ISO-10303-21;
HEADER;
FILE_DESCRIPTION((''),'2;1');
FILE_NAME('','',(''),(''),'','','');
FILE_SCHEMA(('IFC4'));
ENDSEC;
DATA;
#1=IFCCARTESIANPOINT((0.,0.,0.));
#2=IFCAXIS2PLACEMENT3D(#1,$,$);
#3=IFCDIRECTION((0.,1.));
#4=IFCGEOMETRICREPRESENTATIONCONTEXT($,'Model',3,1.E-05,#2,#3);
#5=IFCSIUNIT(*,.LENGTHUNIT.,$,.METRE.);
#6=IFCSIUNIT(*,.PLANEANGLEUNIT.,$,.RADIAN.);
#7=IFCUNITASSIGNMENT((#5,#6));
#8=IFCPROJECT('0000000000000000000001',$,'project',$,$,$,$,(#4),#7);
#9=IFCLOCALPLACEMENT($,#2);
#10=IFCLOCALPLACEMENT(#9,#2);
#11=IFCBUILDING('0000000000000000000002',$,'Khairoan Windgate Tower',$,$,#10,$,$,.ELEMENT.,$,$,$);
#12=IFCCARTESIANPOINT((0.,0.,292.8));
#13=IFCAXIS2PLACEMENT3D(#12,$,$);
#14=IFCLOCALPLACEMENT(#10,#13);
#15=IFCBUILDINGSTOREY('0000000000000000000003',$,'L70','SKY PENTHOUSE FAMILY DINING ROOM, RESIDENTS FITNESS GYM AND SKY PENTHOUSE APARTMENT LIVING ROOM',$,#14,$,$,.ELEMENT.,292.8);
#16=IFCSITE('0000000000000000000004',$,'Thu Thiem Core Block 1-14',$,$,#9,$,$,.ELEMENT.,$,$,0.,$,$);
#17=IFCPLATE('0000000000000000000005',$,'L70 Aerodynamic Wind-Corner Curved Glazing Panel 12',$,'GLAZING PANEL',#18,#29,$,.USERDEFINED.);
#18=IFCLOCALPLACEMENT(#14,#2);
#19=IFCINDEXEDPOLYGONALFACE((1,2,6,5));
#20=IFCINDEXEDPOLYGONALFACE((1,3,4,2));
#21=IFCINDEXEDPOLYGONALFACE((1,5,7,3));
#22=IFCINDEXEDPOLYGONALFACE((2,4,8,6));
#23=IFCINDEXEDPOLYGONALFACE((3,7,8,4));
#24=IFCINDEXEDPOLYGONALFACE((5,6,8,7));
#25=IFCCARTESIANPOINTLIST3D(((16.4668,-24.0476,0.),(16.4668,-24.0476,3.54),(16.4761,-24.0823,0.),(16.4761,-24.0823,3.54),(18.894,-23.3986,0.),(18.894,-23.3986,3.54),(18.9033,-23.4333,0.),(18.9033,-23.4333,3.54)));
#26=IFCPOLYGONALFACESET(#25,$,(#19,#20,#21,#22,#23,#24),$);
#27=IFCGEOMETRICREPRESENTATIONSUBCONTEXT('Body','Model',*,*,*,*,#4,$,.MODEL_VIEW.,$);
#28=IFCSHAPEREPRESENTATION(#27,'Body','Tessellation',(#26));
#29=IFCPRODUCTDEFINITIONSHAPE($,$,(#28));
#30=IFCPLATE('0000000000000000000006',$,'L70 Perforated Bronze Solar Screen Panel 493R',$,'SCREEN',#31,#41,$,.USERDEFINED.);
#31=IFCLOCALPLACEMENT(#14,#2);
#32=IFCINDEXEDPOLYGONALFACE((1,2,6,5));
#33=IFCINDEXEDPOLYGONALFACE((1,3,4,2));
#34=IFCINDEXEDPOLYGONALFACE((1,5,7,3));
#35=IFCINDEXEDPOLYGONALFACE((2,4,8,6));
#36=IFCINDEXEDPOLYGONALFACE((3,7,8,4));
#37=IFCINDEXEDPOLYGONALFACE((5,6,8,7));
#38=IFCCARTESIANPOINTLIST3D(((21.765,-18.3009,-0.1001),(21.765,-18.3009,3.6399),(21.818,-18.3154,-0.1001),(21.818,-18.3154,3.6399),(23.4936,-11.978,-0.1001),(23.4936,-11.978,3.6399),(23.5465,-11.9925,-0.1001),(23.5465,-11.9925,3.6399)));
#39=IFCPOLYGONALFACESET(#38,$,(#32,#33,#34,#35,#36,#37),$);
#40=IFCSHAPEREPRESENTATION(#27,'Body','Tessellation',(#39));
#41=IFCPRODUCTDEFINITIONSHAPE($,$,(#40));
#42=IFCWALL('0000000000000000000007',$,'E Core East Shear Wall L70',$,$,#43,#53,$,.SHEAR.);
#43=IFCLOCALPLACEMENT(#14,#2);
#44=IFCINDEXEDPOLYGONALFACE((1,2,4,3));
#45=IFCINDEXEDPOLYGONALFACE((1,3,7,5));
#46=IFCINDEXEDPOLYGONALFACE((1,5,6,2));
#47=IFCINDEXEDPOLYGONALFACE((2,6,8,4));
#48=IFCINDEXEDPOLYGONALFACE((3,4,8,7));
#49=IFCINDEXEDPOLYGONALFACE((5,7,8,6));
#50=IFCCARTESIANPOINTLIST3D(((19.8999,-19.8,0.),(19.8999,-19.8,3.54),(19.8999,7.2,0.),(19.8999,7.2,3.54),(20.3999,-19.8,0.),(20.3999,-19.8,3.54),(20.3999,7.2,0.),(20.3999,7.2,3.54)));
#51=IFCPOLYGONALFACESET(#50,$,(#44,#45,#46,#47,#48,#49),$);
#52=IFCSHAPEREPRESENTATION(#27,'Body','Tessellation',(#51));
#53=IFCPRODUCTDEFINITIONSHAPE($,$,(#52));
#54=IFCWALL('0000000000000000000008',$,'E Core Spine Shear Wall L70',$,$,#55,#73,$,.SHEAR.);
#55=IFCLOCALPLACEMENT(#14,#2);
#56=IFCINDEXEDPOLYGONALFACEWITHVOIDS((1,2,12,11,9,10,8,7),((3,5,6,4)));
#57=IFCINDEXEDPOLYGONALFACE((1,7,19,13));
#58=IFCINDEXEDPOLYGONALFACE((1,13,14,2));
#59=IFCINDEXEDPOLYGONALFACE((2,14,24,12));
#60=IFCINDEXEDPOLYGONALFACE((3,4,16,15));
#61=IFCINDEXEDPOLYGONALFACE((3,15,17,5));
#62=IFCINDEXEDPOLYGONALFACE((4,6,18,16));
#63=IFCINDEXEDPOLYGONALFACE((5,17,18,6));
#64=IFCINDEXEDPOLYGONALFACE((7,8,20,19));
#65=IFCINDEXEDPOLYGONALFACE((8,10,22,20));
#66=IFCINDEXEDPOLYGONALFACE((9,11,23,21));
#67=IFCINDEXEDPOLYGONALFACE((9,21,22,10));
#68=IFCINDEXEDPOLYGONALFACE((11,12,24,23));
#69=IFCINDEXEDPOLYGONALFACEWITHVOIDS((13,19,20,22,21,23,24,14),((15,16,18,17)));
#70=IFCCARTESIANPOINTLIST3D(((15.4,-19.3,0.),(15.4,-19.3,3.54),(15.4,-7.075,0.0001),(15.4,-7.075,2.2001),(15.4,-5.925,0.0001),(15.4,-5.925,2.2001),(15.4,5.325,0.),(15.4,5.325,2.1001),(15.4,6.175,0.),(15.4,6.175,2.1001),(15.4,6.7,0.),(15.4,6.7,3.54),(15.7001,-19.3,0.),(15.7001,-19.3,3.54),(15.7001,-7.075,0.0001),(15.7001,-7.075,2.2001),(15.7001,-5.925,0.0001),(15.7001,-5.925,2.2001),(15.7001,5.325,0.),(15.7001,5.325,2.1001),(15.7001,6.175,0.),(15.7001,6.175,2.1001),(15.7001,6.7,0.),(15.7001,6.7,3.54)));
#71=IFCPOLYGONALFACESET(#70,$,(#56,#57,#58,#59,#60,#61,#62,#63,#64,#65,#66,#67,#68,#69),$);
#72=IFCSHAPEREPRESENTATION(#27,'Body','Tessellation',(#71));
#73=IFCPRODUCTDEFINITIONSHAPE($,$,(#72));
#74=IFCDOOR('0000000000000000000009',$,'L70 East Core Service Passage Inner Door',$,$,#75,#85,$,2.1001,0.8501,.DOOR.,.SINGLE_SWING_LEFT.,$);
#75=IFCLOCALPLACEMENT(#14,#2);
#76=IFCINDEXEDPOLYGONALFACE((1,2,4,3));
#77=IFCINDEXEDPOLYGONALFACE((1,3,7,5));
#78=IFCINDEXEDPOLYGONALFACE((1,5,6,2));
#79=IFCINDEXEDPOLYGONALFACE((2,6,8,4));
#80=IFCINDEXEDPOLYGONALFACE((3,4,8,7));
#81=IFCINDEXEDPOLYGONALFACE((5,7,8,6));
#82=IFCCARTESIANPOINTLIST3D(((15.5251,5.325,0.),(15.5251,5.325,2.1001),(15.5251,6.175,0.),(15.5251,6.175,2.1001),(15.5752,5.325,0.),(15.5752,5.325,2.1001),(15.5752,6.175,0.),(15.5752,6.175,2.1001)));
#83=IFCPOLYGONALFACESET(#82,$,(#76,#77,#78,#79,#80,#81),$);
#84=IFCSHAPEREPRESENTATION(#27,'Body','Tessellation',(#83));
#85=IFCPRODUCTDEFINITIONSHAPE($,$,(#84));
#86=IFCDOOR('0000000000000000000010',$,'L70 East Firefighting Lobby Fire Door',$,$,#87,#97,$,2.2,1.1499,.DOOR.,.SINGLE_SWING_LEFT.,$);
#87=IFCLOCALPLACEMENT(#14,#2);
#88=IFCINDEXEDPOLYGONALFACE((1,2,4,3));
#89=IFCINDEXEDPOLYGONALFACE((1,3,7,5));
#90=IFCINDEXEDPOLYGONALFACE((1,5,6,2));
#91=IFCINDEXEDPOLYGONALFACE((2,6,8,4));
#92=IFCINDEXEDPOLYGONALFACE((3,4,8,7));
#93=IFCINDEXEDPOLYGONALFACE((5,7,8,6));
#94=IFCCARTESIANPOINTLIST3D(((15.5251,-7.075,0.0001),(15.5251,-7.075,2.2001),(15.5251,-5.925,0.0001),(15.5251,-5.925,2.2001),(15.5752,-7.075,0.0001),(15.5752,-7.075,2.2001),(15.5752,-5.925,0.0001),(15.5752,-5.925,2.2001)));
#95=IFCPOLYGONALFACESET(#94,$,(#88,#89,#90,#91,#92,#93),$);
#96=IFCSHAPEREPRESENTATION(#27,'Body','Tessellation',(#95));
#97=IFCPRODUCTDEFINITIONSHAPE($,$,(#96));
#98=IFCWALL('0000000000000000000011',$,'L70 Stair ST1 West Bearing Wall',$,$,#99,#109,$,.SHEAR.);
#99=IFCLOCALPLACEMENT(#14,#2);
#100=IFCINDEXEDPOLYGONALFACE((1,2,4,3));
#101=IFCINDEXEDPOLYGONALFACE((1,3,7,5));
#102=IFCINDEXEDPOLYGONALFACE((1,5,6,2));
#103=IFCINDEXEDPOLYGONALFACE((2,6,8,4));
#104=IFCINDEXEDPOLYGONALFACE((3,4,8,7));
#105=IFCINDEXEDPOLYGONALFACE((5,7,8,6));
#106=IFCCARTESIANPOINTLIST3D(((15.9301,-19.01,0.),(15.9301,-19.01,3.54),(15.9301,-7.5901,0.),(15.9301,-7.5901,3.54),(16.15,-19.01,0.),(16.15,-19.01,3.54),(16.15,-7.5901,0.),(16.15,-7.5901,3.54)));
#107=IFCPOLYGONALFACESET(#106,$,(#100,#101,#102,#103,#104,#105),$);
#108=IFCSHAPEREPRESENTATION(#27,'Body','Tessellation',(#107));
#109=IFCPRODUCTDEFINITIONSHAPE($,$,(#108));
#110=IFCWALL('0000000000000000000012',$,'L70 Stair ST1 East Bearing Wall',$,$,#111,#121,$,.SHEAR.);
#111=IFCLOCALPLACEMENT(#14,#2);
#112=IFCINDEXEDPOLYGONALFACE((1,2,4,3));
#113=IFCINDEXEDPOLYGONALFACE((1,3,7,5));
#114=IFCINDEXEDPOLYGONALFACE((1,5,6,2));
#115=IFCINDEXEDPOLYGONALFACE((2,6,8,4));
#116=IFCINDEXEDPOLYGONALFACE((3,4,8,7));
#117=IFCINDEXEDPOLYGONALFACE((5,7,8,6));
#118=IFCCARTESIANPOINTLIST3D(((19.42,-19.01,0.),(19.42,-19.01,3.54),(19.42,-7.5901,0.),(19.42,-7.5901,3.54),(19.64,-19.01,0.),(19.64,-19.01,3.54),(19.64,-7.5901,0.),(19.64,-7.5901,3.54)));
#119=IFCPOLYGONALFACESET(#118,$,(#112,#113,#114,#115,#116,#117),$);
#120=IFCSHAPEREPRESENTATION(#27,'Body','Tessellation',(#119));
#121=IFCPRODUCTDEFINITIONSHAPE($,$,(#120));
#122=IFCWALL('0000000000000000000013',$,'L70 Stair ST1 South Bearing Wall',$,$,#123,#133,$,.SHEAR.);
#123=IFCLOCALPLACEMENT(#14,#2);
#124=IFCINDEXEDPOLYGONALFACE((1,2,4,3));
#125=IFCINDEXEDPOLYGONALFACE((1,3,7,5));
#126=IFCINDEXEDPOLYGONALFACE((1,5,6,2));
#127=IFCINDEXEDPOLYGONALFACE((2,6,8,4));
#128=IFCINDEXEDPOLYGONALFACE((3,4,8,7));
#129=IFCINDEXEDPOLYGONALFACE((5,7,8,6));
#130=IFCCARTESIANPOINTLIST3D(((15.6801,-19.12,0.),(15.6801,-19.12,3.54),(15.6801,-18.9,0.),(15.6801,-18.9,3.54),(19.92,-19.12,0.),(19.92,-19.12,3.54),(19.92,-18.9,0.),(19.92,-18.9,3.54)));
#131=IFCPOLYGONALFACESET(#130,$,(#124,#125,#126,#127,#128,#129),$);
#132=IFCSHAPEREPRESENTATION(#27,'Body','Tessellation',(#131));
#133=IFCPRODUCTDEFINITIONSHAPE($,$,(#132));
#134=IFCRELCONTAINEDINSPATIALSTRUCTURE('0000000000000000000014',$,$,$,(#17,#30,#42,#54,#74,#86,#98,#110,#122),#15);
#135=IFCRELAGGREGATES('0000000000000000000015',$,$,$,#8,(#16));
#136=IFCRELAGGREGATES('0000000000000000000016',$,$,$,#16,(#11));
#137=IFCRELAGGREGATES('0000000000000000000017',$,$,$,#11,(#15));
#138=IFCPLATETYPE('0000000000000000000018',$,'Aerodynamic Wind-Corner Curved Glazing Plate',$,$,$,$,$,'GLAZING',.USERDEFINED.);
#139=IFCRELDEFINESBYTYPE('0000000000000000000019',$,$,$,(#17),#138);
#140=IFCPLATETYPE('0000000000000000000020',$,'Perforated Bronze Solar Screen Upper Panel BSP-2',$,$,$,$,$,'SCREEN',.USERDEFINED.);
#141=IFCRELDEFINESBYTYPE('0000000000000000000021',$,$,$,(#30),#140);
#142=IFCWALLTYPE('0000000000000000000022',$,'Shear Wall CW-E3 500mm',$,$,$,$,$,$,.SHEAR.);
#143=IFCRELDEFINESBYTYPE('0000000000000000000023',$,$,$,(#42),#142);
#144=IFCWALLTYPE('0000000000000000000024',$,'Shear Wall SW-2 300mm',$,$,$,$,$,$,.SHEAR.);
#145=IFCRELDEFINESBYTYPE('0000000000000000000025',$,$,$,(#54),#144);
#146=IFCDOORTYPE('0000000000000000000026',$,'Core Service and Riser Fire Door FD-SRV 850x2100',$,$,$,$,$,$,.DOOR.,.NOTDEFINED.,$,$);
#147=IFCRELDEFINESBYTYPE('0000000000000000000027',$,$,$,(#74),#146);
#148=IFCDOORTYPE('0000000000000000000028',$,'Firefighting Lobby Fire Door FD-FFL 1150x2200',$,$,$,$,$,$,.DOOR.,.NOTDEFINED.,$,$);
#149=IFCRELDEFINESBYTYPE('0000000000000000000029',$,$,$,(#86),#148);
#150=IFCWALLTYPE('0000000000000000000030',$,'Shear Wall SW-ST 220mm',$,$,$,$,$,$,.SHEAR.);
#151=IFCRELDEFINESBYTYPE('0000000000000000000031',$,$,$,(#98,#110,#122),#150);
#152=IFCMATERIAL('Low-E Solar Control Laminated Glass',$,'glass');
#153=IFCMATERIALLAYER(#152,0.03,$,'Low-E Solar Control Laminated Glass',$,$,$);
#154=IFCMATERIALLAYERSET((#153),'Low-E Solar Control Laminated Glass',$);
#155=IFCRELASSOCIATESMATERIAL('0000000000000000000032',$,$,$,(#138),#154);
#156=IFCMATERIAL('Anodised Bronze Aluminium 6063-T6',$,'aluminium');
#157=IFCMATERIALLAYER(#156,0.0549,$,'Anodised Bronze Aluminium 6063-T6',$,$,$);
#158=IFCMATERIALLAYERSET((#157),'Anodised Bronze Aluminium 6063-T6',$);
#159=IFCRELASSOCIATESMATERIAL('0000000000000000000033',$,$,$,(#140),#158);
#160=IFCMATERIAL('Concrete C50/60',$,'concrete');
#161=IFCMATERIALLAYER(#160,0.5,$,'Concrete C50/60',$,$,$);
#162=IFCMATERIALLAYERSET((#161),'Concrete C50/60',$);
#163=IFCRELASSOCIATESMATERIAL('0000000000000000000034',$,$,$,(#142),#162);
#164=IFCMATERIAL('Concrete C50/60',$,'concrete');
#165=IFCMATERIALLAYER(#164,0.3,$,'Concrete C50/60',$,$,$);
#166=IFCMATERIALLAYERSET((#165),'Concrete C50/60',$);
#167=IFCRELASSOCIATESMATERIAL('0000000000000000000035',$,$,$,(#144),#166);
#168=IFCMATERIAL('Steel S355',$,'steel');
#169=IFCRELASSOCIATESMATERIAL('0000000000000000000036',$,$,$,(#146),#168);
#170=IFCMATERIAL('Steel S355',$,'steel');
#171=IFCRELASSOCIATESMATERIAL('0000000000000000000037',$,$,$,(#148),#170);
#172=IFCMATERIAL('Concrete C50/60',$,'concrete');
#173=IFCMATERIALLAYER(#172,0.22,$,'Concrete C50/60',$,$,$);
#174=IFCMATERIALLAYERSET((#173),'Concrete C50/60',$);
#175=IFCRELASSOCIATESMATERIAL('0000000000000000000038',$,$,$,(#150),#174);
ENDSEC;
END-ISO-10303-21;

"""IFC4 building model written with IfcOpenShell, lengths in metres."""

from ifc_helpers import new_model, si_unit, direction, frame, frame_2d, origin, origin_2d, place, context, subcontext, project, spatial, rectangle, extrude, material, layer, layer_set, type_object, element, fill, save


model = new_model("IFC4")

# Units and contexts
model_context = context("Model", 3, precision=1e-05, world=origin(), true_north=direction((0.0, 1.0)))
body_context = subcontext(model_context, "Body", "Model", "MODEL_VIEW")
ifc_project = project(units=[si_unit("LENGTHUNIT", "METRE"), si_unit("PLANEANGLEUNIT", "RADIAN")], contexts=[model_context])

# Site, building, storey
site_placement = place(None, origin())
site = spatial("IfcSite", under=ifc_project, at=site_placement, Name="Thu Thiem Core Block 1-14", CompositionType="ELEMENT", RefElevation=0.0)
building_placement = place(site_placement, origin())
building = spatial("IfcBuilding", under=site, at=building_placement, Name="Khairoan Windgate Tower", CompositionType="ELEMENT")
storey_placement = place(building_placement, frame((0.0, 0.0, 292.8)))
storey = spatial("IfcBuildingStorey", under=building, at=storey_placement, Name="L70", Description="SKY PENTHOUSE FAMILY DINING ROOM, RESIDENTS FITNESS GYM AND SKY PENTHOUSE APARTMENT LIVING ROOM", CompositionType="ELEMENT", Elevation=292.8)

# Plate
ifc_material_1 = material(Name="Low-E Solar Control Laminated Glass", Category="glass")
ifc_layer_1 = layer(ifc_material_1, 0.03, Name="Low-E Solar Control Laminated Glass")
ifc_layer_set_1 = layer_set([ifc_layer_1], Name="Low-E Solar Control Laminated Glass")
plate_type_1 = type_object("IfcPlateType", Name="Aerodynamic Wind-Corner Curved Glazing Plate", ElementType="GLAZING", PredefinedType="USERDEFINED", material=ifc_layer_set_1)
plate_1_placement = place(storey_placement, frame((17.6851, -23.7405, 0.0), z_axis=(0.0, 0.0, 1.0), x_axis=(-0.966061, -0.258313, 0.0)))
element("IfcPlate", 1, at=plate_1_placement, inside=storey, type_object=plate_type_1, Name="L70 Aerodynamic Wind-Corner Curved Glazing Panel 12", ObjectType="GLAZING PANEL", PredefinedType="USERDEFINED", context=body_context, shape_type="SweptSolid", body=[
    extrude(rectangle(XDim=2.5125, YDim=0.0359, at=origin_2d()), origin(), (0.0, 0.0, 1.0), 3.54),
])

# Plate
ifc_material_2 = material(Name="Anodised Bronze Aluminium 6063-T6", Category="aluminium")
ifc_layer_2 = layer(ifc_material_2, 0.0549, Name="Anodised Bronze Aluminium 6063-T6")
ifc_layer_set_2 = layer_set([ifc_layer_2], Name="Anodised Bronze Aluminium 6063-T6")
plate_type_2 = type_object("IfcPlateType", Name="Perforated Bronze Solar Screen Upper Panel BSP-2", ElementType="SCREEN", PredefinedType="USERDEFINED", material=ifc_layer_set_2)
plate_2_placement = place(storey_placement, frame((22.6558, -15.1467, -0.1001), z_axis=(0.0, 0.0, 1.0), x_axis=(-0.263705, -0.964603, 0.0)))
element("IfcPlate", 2, at=plate_2_placement, inside=storey, type_object=plate_type_2, Name="L70 Perforated Bronze Solar Screen Panel 493R", ObjectType="SCREEN", PredefinedType="USERDEFINED", context=body_context, shape_type="SweptSolid", body=[
    extrude(rectangle(XDim=6.5549, YDim=0.0549, at=origin_2d()), origin(), (0.0, 0.0, 1.0), 3.74),
])

# Wall
ifc_material_3 = material(Name="Concrete C50/60", Category="concrete")
ifc_layer_3 = layer(ifc_material_3, 0.5, Name="Concrete C50/60")
ifc_layer_set_3 = layer_set([ifc_layer_3], Name="Concrete C50/60")
wall_type_1 = type_object("IfcWallType", Name="Shear Wall CW-E3 500mm", PredefinedType="SHEAR", material=ifc_layer_set_3)
wall_1_placement = place(storey_placement, frame((20.1499, -19.8, 0.0), z_axis=(0.0, 0.0, 1.0), x_axis=(0.0, 1.0, 0.0)))
element("IfcWall", 3, at=wall_1_placement, inside=storey, type_object=wall_type_1, Name="E Core East Shear Wall L70", PredefinedType="SHEAR", context=body_context, shape_type="SweptSolid", body=[
    extrude(rectangle(XDim=27.0, YDim=0.5, at=frame_2d((13.5, 0.0))), origin(), (0.0, 0.0, 1.0), 3.54),
])

# Wall, openings, doors
ifc_material_4 = material(Name="Concrete C50/60", Category="concrete")
ifc_layer_4 = layer(ifc_material_4, 0.3, Name="Concrete C50/60")
ifc_layer_set_4 = layer_set([ifc_layer_4], Name="Concrete C50/60")
wall_type_2 = type_object("IfcWallType", Name="Shear Wall SW-2 300mm", PredefinedType="SHEAR", material=ifc_layer_set_4)
wall_2_placement = place(storey_placement, frame((15.55, -19.3, 0.0), z_axis=(0.0, 0.0, 1.0), x_axis=(0.0, 1.0, 0.0)))
wall_2 = element("IfcWall", 4, at=wall_2_placement, inside=storey, type_object=wall_type_2, Name="E Core Spine Shear Wall L70", PredefinedType="SHEAR", context=body_context, shape_type="SweptSolid", body=[
    extrude(rectangle(XDim=26.0, YDim=0.3, at=frame_2d((13.0, 0.0))), origin(), (0.0, 0.0, 1.0), 3.54),
])
opening_1_placement = place(wall_2_placement, frame((12.2251, 0.0, 0.0)))
opening_1 = element("IfcOpeningElement", 5, at=opening_1_placement, cuts=wall_2, PredefinedType="OPENING", context=body_context, shape_type="SweptSolid", body=[
    extrude(rectangle(XDim=1.1499, YDim=2.2, at=frame_2d((0.575, 1.1001))), frame((0.0, 0.1599, 0.0), z_axis=(0.0, -1.0, 0.0), x_axis=(1.0, 0.0, 0.0)), (0.0, 0.0, 1.0), 0.3201),
])
opening_2_placement = place(wall_2_placement, frame((24.625, 0.0, 0.0)))
opening_2 = element("IfcOpeningElement", 6, at=opening_2_placement, cuts=wall_2, PredefinedType="OPENING", context=body_context, shape_type="SweptSolid", body=[
    extrude(rectangle(XDim=0.8501, YDim=2.1001, at=frame_2d((0.425, 1.05))), frame((0.0, 0.1599, 0.0), z_axis=(0.0, -1.0, 0.0), x_axis=(1.0, 0.0, 0.0)), (0.0, 0.0, 1.0), 0.3201),
])
ifc_material_5 = material(Name="Steel S355", Category="steel")
door_type_1 = type_object("IfcDoorType", Name="Core Service and Riser Fire Door FD-SRV 850x2100", OperationType="NOTDEFINED", PredefinedType="DOOR", material=ifc_material_5)
door_1_placement = place(opening_2_placement, origin())
door_1 = element("IfcDoor", 7, at=door_1_placement, inside=storey, type_object=door_type_1, Name="L70 East Core Service Passage Inner Door", OperationType="SINGLE_SWING_LEFT", OverallHeight=2.1001, OverallWidth=0.8501, PredefinedType="DOOR", context=body_context, shape_type="SweptSolid", body=[
    extrude(rectangle(XDim=0.8501, YDim=2.1001, at=frame_2d((0.425, 1.05))), frame((0.0, 0.0249, 0.0), z_axis=(0.0, -1.0, 0.0), x_axis=(1.0, 0.0, 0.0)), (0.0, 0.0, 1.0), 0.05),
])
fill(opening_2, door_1)
ifc_material_6 = material(Name="Steel S355", Category="steel")
door_type_2 = type_object("IfcDoorType", Name="Firefighting Lobby Fire Door FD-FFL 1150x2200", OperationType="NOTDEFINED", PredefinedType="DOOR", material=ifc_material_6)
door_2_placement = place(opening_1_placement, origin())
door_2 = element("IfcDoor", 8, at=door_2_placement, inside=storey, type_object=door_type_2, Name="L70 East Firefighting Lobby Fire Door", OperationType="SINGLE_SWING_LEFT", OverallHeight=2.2, OverallWidth=1.1499, PredefinedType="DOOR", context=body_context, shape_type="SweptSolid", body=[
    extrude(rectangle(XDim=1.1499, YDim=2.2, at=frame_2d((0.575, 1.1001))), frame((0.0, 0.0249, 0.0), z_axis=(0.0, -1.0, 0.0), x_axis=(1.0, 0.0, 0.0)), (0.0, 0.0, 1.0), 0.05),
])
fill(opening_1, door_2)

# Walls
ifc_material_7 = material(Name="Concrete C50/60", Category="concrete")
ifc_layer_5 = layer(ifc_material_7, 0.22, Name="Concrete C50/60")
ifc_layer_set_5 = layer_set([ifc_layer_5], Name="Concrete C50/60")
wall_type_3 = type_object("IfcWallType", Name="Shear Wall SW-ST 220mm", PredefinedType="SHEAR", material=ifc_layer_set_5)
for number, where, z_axis, x_axis, name in (
    (9, (16.04, -19.01, 0.0), (0.0, 0.0, 1.0), (0.0, 1.0, 0.0), "L70 Stair ST1 West Bearing Wall"),
    (10, (19.53, -19.01, 0.0), (0.0, 0.0, 1.0), (0.0, 1.0, 0.0), "L70 Stair ST1 East Bearing Wall"),
):
    element("IfcWall", number, at=place(storey_placement, frame(where, z_axis=z_axis, x_axis=x_axis)), inside=storey, type_object=wall_type_3, Name=name, PredefinedType="SHEAR", context=body_context, shape_type="SweptSolid", body=[
        extrude(rectangle(XDim=11.4199, YDim=0.22, at=frame_2d((5.71, 0.0))), origin(), (0.0, 0.0, 1.0), 3.54),
    ])
wall_3_placement = place(storey_placement, frame((15.6799, -19.01, 0.0), z_axis=(0.0, 0.0, 1.0), x_axis=(1.0, 0.0, 0.0)))
element("IfcWall", 11, at=wall_3_placement, inside=storey, type_object=wall_type_3, Name="L70 Stair ST1 South Bearing Wall", PredefinedType="SHEAR", context=body_context, shape_type="SweptSolid", body=[
    extrude(rectangle(XDim=4.24, YDim=0.22, at=frame_2d((2.1201, 0.0))), origin(), (0.0, 0.0, 1.0), 3.54),
])

save(model, "model.ifc")
